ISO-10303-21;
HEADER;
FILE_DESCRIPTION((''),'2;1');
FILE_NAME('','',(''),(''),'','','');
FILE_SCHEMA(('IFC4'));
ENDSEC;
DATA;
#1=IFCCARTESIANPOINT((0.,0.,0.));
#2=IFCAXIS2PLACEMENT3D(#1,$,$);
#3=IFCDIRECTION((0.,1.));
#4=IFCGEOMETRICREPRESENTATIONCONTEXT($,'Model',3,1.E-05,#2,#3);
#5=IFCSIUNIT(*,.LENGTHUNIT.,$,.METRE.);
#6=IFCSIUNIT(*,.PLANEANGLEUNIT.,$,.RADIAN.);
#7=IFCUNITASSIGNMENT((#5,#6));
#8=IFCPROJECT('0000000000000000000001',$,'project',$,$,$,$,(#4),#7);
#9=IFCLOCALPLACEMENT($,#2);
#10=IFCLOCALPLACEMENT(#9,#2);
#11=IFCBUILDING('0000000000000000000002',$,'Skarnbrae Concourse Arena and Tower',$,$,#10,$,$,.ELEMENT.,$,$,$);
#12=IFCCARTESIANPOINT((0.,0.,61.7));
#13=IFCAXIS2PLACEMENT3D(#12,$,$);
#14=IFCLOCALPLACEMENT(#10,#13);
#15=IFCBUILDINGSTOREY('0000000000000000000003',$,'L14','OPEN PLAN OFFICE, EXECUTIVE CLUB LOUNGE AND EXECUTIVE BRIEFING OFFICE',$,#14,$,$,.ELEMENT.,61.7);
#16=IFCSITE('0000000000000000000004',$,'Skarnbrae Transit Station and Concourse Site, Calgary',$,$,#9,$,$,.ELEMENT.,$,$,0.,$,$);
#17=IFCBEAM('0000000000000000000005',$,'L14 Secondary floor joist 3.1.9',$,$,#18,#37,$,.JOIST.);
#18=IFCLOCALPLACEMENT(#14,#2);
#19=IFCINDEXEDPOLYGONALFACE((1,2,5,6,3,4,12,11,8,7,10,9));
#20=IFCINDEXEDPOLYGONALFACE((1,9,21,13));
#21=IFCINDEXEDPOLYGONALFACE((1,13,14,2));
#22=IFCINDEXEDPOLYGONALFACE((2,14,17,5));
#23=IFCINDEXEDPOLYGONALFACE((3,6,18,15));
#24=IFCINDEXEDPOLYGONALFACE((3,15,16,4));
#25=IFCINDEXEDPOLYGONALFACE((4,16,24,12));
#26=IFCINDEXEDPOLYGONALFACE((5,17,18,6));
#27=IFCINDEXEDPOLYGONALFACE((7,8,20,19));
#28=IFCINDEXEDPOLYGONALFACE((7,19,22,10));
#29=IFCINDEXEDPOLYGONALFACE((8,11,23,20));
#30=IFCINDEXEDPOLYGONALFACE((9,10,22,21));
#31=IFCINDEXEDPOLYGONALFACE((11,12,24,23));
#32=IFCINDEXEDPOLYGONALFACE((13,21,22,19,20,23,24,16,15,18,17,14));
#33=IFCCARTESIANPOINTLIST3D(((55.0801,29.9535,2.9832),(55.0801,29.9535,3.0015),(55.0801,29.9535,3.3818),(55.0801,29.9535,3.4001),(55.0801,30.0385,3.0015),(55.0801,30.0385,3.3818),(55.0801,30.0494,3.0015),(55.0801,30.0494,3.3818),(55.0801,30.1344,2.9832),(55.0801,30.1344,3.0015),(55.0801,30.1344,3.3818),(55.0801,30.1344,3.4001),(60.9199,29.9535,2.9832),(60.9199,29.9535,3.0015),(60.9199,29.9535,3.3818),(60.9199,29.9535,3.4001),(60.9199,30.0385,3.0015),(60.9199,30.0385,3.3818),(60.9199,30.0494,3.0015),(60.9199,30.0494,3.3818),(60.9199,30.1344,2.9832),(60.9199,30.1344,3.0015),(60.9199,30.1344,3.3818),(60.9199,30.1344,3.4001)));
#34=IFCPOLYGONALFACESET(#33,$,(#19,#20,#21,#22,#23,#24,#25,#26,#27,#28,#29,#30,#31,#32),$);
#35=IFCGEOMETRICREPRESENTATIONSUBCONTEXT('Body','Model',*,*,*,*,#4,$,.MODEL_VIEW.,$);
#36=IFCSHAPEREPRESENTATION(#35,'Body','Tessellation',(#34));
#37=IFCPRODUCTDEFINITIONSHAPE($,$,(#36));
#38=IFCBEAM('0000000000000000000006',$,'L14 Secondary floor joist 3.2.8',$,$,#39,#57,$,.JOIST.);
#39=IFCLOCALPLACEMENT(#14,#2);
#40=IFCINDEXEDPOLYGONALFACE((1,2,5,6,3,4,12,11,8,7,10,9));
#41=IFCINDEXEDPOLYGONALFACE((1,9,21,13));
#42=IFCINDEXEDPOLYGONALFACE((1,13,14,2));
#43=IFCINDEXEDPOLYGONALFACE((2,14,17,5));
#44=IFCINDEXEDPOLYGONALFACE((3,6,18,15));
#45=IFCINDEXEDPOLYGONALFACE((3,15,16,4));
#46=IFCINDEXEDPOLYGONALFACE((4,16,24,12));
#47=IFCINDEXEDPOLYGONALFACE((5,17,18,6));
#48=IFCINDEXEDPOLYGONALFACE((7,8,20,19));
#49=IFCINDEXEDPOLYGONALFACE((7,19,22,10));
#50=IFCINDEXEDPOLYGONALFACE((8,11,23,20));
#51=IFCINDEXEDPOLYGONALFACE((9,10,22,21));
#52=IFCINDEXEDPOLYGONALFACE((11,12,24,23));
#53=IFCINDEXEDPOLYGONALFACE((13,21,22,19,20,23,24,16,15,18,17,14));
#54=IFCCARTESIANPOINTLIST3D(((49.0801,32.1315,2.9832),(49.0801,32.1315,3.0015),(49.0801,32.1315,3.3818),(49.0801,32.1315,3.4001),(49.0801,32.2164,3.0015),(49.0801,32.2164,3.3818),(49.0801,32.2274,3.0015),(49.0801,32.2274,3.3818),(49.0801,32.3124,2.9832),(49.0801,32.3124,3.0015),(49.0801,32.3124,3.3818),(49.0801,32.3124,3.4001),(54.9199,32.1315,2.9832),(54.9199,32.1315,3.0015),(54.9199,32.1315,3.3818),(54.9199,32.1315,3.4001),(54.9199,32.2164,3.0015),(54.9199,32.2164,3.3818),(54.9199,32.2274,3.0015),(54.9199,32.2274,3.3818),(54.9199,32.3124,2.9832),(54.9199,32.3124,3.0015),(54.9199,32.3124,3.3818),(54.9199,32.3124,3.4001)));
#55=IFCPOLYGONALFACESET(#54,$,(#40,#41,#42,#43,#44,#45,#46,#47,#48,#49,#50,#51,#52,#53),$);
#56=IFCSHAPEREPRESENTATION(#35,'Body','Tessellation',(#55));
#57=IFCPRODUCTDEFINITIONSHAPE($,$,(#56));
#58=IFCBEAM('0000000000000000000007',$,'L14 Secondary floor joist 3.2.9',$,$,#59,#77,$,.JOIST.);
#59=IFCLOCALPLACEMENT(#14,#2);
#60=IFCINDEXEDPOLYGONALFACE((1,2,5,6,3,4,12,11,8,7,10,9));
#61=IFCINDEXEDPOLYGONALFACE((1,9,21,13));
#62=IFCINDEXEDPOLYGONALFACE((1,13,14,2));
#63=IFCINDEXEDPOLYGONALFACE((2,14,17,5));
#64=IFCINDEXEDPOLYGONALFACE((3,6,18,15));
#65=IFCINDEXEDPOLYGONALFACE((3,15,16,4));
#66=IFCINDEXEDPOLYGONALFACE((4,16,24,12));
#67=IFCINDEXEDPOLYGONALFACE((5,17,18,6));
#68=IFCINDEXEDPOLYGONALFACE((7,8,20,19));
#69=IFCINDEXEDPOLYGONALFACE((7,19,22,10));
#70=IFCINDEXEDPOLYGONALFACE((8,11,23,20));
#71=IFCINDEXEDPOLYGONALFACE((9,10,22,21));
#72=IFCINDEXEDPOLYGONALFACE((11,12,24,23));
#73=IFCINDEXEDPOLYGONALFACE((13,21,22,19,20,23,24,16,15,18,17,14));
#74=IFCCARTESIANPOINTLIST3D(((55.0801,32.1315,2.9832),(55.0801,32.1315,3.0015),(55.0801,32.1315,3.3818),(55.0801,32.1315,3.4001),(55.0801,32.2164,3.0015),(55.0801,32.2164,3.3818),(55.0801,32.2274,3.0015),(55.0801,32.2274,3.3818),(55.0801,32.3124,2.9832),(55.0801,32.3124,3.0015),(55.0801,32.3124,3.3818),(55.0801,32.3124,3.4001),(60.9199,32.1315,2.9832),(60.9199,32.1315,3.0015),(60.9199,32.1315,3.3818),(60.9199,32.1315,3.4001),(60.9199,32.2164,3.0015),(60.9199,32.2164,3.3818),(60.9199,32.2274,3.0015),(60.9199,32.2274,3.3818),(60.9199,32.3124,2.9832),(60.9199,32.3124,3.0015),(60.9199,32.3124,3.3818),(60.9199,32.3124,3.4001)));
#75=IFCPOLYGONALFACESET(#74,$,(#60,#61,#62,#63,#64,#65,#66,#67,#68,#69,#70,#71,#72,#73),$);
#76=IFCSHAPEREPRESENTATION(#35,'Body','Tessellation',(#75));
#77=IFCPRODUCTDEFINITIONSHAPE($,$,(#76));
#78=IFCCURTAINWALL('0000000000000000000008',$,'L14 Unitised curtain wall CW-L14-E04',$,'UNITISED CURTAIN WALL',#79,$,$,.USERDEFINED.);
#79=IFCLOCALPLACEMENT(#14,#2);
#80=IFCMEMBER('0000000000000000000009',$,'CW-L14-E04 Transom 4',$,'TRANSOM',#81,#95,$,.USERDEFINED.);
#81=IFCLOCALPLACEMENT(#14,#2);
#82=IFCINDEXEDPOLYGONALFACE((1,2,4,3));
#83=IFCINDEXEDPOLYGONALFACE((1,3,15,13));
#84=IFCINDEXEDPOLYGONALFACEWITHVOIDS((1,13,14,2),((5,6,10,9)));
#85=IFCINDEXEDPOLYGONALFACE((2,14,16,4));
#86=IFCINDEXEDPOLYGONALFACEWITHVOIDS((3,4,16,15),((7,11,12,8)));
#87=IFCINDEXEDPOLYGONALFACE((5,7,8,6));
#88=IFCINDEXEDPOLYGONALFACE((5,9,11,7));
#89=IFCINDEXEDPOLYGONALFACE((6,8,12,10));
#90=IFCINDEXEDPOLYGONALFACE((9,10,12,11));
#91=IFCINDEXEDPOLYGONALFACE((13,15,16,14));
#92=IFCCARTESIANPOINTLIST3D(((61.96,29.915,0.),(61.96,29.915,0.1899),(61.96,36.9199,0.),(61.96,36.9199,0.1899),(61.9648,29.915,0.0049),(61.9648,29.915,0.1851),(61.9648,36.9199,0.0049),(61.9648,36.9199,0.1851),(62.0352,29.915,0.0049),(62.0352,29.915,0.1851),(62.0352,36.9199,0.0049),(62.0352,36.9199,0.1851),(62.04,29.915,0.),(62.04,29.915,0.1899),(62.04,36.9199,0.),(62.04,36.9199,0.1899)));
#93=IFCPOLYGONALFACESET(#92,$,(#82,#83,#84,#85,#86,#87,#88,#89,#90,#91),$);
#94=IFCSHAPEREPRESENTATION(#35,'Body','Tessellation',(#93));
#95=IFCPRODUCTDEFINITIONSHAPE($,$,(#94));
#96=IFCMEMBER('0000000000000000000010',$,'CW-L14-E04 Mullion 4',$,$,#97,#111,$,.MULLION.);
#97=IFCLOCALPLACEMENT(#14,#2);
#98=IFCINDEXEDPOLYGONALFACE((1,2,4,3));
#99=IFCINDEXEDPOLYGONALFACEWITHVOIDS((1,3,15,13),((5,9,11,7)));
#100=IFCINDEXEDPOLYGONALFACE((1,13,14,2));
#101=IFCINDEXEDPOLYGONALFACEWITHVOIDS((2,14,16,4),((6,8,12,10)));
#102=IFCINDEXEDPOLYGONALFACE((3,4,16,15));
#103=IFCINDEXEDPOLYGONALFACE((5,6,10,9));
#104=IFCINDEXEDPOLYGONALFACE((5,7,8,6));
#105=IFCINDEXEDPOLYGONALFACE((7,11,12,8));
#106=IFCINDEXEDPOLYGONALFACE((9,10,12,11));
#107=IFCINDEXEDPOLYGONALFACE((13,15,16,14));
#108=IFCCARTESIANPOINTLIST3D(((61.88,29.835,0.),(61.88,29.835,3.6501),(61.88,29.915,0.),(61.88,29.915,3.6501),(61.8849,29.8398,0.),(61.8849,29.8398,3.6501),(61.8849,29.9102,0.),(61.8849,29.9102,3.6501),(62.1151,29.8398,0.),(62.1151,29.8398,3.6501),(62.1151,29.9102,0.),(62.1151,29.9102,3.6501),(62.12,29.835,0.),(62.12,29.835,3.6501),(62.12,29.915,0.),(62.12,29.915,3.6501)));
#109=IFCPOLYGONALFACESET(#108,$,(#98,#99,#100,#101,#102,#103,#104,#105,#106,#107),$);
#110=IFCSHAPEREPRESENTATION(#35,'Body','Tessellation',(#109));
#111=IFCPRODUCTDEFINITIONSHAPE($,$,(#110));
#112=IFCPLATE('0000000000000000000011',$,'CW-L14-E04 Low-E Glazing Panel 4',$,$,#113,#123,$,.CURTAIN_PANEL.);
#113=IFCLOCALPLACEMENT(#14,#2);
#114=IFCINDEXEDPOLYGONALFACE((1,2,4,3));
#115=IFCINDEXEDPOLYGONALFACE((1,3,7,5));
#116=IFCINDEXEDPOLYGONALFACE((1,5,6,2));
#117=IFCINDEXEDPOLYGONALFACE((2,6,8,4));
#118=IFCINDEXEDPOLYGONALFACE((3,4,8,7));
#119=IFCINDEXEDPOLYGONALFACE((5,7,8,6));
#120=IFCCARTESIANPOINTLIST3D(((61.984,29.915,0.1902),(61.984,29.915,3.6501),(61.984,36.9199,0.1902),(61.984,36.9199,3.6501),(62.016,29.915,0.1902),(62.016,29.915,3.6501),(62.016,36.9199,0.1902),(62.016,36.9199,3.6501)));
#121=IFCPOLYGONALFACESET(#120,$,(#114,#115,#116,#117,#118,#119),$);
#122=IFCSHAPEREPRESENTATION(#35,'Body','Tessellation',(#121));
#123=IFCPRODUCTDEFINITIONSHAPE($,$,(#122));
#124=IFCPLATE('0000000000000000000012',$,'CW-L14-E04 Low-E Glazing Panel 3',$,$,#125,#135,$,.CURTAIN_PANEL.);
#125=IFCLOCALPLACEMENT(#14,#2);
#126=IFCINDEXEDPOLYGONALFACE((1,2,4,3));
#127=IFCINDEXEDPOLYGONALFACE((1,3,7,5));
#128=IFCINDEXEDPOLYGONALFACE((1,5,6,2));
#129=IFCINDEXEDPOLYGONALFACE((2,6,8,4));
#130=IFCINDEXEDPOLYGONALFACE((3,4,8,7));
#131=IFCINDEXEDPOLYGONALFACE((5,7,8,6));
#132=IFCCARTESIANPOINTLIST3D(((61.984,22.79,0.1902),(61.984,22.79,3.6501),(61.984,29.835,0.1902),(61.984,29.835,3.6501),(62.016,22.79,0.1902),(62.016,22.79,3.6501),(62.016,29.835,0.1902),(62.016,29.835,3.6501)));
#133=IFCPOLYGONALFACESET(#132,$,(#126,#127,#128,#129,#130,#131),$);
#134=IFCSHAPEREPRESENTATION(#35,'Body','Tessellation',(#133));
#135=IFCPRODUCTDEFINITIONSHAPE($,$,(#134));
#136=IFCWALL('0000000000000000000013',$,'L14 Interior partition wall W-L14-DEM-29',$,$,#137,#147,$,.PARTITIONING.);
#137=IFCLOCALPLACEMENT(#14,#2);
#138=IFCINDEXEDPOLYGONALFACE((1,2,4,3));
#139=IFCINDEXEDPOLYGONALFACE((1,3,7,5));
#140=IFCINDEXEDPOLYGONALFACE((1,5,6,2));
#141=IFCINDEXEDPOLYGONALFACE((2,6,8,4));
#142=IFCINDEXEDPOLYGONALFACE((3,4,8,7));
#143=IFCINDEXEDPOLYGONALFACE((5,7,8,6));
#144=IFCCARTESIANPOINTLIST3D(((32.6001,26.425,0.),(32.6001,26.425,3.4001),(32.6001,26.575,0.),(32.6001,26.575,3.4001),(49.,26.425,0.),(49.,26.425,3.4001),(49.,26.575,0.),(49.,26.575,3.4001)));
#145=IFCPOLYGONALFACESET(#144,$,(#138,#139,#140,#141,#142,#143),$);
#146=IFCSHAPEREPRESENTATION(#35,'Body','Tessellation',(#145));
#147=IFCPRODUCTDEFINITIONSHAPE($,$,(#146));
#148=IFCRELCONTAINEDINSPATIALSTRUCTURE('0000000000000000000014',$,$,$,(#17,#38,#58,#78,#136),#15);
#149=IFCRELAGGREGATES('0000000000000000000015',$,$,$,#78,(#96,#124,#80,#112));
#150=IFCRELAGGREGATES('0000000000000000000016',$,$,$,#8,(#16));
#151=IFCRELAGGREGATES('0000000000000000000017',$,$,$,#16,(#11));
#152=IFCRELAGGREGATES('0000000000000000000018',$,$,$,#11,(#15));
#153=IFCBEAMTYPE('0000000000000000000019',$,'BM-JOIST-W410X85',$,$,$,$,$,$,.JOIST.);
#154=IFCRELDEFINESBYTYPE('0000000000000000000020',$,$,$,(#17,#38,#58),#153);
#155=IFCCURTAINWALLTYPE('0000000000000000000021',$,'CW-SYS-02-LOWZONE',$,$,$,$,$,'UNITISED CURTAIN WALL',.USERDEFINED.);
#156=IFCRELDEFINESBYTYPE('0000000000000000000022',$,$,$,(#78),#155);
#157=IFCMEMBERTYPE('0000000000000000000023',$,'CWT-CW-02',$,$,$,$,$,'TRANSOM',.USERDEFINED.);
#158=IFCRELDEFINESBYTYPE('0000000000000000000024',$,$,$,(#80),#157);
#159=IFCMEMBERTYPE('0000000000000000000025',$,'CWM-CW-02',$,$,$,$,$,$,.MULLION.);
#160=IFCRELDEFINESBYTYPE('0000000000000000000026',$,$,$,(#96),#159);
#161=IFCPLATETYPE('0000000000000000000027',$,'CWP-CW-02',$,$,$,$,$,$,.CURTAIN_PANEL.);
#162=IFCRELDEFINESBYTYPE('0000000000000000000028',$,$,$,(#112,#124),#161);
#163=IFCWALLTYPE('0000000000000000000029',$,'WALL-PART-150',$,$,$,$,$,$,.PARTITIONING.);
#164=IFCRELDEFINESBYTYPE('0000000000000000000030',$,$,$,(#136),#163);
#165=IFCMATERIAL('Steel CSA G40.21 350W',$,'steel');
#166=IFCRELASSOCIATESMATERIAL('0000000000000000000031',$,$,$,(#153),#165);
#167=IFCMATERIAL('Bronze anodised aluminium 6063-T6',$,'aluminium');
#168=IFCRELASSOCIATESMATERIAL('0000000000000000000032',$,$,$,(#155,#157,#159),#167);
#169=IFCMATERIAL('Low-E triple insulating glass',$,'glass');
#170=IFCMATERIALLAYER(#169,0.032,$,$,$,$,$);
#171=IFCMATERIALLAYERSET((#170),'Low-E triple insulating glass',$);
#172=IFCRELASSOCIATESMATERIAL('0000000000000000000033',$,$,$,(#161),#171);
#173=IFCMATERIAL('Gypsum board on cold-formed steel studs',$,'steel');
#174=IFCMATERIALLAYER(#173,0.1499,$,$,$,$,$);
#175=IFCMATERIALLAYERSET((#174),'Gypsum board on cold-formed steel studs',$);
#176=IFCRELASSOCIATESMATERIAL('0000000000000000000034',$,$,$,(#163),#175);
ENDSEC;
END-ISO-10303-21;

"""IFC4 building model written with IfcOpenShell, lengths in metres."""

from ifc_helpers import new_model, si_unit, direction, frame, frame_2d, origin, origin_2d, place, context, subcontext, project, spatial, rectangle, hollow_rectangle, i_section, extrude, source, transform, mapped, material, layer, layer_set, material_profile, profile_set, type_object, element, aggregate, save


model = new_model("IFC4")

# Units and contexts
model_context = context("Model", 3, precision=1e-05, world=origin(), true_north=direction((0.0, 1.0)))
body_context = subcontext(model_context, "Body", "Model", "MODEL_VIEW")
ifc_project = project(units=[si_unit("LENGTHUNIT", "METRE"), si_unit("PLANEANGLEUNIT", "RADIAN")], contexts=[model_context])

# Site, building, storey
site_placement = place(None, origin())
site = spatial("IfcSite", under=ifc_project, at=site_placement, Name="Skarnbrae Transit Station and Concourse Site, Calgary", CompositionType="ELEMENT", RefElevation=0.0)
building_placement = place(site_placement, origin())
building = spatial("IfcBuilding", under=site, at=building_placement, Name="Skarnbrae Concourse Arena and Tower", CompositionType="ELEMENT")
storey_placement = place(building_placement, frame((0.0, 0.0, 61.7)))
storey = spatial("IfcBuildingStorey", under=building, at=storey_placement, Name="L14", Description="OPEN PLAN OFFICE, EXECUTIVE CLUB LOUNGE AND EXECUTIVE BRIEFING OFFICE", CompositionType="ELEMENT", Elevation=61.7)

# Shared definitions
ifc_material_1 = material(Name="Steel CSA G40.21 350W", Category="steel")

# Beams
ifc_material_profile_1 = material_profile(ifc_material_1, i_section(OverallWidth=0.1809, OverallDepth=0.417, WebThickness=0.011, FlangeThickness=0.0183, at=origin_2d()), Name="W410X85")
ifc_profile_set_1 = profile_set([ifc_material_profile_1], Name="Steel CSA G40.21 350W")
beam_type_1 = type_object("IfcBeamType", Name="BM-JOIST-W410X85", PredefinedType="JOIST", material=ifc_profile_set_1)
shared_shape_1 = source(origin(), body_context, "Body", "SweptSolid", [
    extrude(i_section(OverallWidth=0.1809, OverallDepth=0.417, WebThickness=0.011, FlangeThickness=0.0183, at=origin_2d()), origin(), (0.0, 0.0, 1.0), 5.8398),
])
for number, where, z_axis, x_axis, name in (
    (1, (55.0801, 30.0439, 3.1917), (1.0, 0.0, 0.0), (0.0, 1.0, 0.0), "L14 Secondary floor joist 3.1.9"),
    (2, (49.0801, 32.2219, 3.1917), (1.0, 0.0, 0.0), (0.0, 1.0, 0.0), "L14 Secondary floor joist 3.2.8"),
    (3, (55.0801, 32.2219, 3.1917), (1.0, 0.0, 0.0), (0.0, 1.0, 0.0), "L14 Secondary floor joist 3.2.9"),
):
    element("IfcBeam", number, at=place(storey_placement, frame(where, z_axis=z_axis, x_axis=x_axis)), inside=storey, type_object=beam_type_1, Name=name, PredefinedType="JOIST", context=body_context, shape_type="MappedRepresentation", body=[
        mapped(shared_shape_1, transform((0.0, 0.0, 0.0))),
    ])

# Curtain wall, members, plates
ifc_material_2 = material(Name="Bronze anodised aluminium 6063-T6", Category="aluminium")
curtain_wall_type = type_object("IfcCurtainWallType", Name="CW-SYS-02-LOWZONE", ElementType="UNITISED CURTAIN WALL", PredefinedType="USERDEFINED", material=ifc_material_2)
curtain_wall_placement = place(storey_placement, origin())
curtain_wall = element("IfcCurtainWall", 4, at=curtain_wall_placement, inside=storey, type_object=curtain_wall_type, Name="L14 Unitised curtain wall CW-L14-E04", ObjectType="UNITISED CURTAIN WALL", PredefinedType="USERDEFINED")
ifc_material_profile_2 = material_profile(ifc_material_2, hollow_rectangle(XDim=0.0801, YDim=0.1899, WallThickness=0.0049, at=origin_2d()), Name="ALU-TRAN-80X190")
ifc_profile_set_2 = profile_set([ifc_material_profile_2], Name="Bronze anodised aluminium 6063-T6")
member_type_1 = type_object("IfcMemberType", Name="CWT-CW-02", ElementType="TRANSOM", PredefinedType="USERDEFINED", material=ifc_profile_set_2)
shared_shape_2 = source(origin(), body_context, "Body", "SweptSolid", [
    extrude(hollow_rectangle(XDim=0.0801, YDim=0.1899, WallThickness=0.0049, at=origin_2d()), origin(), (0.0, 0.0, 1.0), 7.0049),
])
member_1_placement = place(storey_placement, frame((62.0, 29.915, 0.095), z_axis=(0.0, 1.0, 0.0), x_axis=(-1.0, 0.0, 0.0)))
member_1 = element("IfcMember", 5, at=member_1_placement, type_object=member_type_1, Name="CW-L14-E04 Transom 4", ObjectType="TRANSOM", PredefinedType="USERDEFINED", context=body_context, shape_type="MappedRepresentation", body=[
    mapped(shared_shape_2, transform((0.0, 0.0, 0.0))),
])
ifc_material_profile_3 = material_profile(ifc_material_2, hollow_rectangle(XDim=0.0801, YDim=0.24, WallThickness=0.0049, at=origin_2d()), Name="ALU-MULL-80X240")
ifc_profile_set_3 = profile_set([ifc_material_profile_3], Name="Bronze anodised aluminium 6063-T6")
member_type_2 = type_object("IfcMemberType", Name="CWM-CW-02", PredefinedType="MULLION", material=ifc_profile_set_3)
shared_shape_3 = source(origin(), body_context, "Body", "SweptSolid", [
    extrude(hollow_rectangle(XDim=0.0801, YDim=0.24, WallThickness=0.0049, at=origin_2d()), origin(), (0.0, 0.0, 1.0), 3.6501),
])
member_2_placement = place(storey_placement, frame((62.0, 29.875, 0.0), z_axis=(0.0, 0.0, 1.0), x_axis=(0.0, 1.0, 0.0)))
member_2 = element("IfcMember", 6, at=member_2_placement, type_object=member_type_2, Name="CW-L14-E04 Mullion 4", PredefinedType="MULLION", context=body_context, shape_type="MappedRepresentation", body=[
    mapped(shared_shape_3, transform((0.0, 0.0, 0.0))),
])
ifc_material_3 = material(Name="Low-E triple insulating glass", Category="glass")
ifc_layer_1 = layer(ifc_material_3, 0.032)
ifc_layer_set_1 = layer_set([ifc_layer_1], Name="Low-E triple insulating glass")
plate_type = type_object("IfcPlateType", Name="CWP-CW-02", PredefinedType="CURTAIN_PANEL", material=ifc_layer_set_1)
shared_shape_4 = source(origin(), body_context, "Body", "SweptSolid", [
    extrude(rectangle(XDim=7.0049, YDim=0.032, at=origin_2d()), origin(), (0.0, 0.0, 1.0), 3.46),
])
plate_1_placement = place(storey_placement, frame((62.0, 33.4175, 0.1902), z_axis=(0.0, 0.0, 1.0), x_axis=(0.0, 1.0, 0.0)))
plate_1 = element("IfcPlate", 7, at=plate_1_placement, type_object=plate_type, Name="CW-L14-E04 Low-E Glazing Panel 4", PredefinedType="CURTAIN_PANEL", context=body_context, shape_type="MappedRepresentation", body=[
    mapped(shared_shape_4, transform((0.0, 0.0, 0.0))),
])
shared_shape_5 = source(origin(), body_context, "Body", "SweptSolid", [
    extrude(rectangle(XDim=7.0449, YDim=0.032, at=origin_2d()), origin(), (0.0, 0.0, 1.0), 3.46),
])
plate_2_placement = place(storey_placement, frame((62.0, 26.3125, 0.1902), z_axis=(0.0, 0.0, 1.0), x_axis=(0.0, 1.0, 0.0)))
plate_2 = element("IfcPlate", 8, at=plate_2_placement, type_object=plate_type, Name="CW-L14-E04 Low-E Glazing Panel 3", PredefinedType="CURTAIN_PANEL", context=body_context, shape_type="MappedRepresentation", body=[
    mapped(shared_shape_5, transform((0.0, 0.0, 0.0))),
])
aggregate(curtain_wall, [member_2, plate_2, member_1, plate_1])

# Wall
ifc_material_4 = material(Name="Gypsum board on cold-formed steel studs", Category="steel")
ifc_layer_2 = layer(ifc_material_4, 0.1499)
ifc_layer_set_2 = layer_set([ifc_layer_2], Name="Gypsum board on cold-formed steel studs")
wall_type = type_object("IfcWallType", Name="WALL-PART-150", PredefinedType="PARTITIONING", material=ifc_layer_set_2)
shared_shape_6 = source(origin(), body_context, "Body", "SweptSolid", [
    extrude(rectangle(XDim=16.3999, YDim=0.1499, at=frame_2d((8.2, 0.0))), origin(), (0.0, 0.0, 1.0), 3.4001),
])
wall_placement = place(storey_placement, frame((49.0, 26.5, 0.0), z_axis=(0.0, 0.0, 1.0), x_axis=(-1.0, 0.0, 0.0)))
element("IfcWall", 9, at=wall_placement, inside=storey, type_object=wall_type, Name="L14 Interior partition wall W-L14-DEM-29", PredefinedType="PARTITIONING", context=body_context, shape_type="MappedRepresentation", body=[
    mapped(shared_shape_6, transform((0.0, 0.0, 0.0))),
])

save(model, "model.ifc")
